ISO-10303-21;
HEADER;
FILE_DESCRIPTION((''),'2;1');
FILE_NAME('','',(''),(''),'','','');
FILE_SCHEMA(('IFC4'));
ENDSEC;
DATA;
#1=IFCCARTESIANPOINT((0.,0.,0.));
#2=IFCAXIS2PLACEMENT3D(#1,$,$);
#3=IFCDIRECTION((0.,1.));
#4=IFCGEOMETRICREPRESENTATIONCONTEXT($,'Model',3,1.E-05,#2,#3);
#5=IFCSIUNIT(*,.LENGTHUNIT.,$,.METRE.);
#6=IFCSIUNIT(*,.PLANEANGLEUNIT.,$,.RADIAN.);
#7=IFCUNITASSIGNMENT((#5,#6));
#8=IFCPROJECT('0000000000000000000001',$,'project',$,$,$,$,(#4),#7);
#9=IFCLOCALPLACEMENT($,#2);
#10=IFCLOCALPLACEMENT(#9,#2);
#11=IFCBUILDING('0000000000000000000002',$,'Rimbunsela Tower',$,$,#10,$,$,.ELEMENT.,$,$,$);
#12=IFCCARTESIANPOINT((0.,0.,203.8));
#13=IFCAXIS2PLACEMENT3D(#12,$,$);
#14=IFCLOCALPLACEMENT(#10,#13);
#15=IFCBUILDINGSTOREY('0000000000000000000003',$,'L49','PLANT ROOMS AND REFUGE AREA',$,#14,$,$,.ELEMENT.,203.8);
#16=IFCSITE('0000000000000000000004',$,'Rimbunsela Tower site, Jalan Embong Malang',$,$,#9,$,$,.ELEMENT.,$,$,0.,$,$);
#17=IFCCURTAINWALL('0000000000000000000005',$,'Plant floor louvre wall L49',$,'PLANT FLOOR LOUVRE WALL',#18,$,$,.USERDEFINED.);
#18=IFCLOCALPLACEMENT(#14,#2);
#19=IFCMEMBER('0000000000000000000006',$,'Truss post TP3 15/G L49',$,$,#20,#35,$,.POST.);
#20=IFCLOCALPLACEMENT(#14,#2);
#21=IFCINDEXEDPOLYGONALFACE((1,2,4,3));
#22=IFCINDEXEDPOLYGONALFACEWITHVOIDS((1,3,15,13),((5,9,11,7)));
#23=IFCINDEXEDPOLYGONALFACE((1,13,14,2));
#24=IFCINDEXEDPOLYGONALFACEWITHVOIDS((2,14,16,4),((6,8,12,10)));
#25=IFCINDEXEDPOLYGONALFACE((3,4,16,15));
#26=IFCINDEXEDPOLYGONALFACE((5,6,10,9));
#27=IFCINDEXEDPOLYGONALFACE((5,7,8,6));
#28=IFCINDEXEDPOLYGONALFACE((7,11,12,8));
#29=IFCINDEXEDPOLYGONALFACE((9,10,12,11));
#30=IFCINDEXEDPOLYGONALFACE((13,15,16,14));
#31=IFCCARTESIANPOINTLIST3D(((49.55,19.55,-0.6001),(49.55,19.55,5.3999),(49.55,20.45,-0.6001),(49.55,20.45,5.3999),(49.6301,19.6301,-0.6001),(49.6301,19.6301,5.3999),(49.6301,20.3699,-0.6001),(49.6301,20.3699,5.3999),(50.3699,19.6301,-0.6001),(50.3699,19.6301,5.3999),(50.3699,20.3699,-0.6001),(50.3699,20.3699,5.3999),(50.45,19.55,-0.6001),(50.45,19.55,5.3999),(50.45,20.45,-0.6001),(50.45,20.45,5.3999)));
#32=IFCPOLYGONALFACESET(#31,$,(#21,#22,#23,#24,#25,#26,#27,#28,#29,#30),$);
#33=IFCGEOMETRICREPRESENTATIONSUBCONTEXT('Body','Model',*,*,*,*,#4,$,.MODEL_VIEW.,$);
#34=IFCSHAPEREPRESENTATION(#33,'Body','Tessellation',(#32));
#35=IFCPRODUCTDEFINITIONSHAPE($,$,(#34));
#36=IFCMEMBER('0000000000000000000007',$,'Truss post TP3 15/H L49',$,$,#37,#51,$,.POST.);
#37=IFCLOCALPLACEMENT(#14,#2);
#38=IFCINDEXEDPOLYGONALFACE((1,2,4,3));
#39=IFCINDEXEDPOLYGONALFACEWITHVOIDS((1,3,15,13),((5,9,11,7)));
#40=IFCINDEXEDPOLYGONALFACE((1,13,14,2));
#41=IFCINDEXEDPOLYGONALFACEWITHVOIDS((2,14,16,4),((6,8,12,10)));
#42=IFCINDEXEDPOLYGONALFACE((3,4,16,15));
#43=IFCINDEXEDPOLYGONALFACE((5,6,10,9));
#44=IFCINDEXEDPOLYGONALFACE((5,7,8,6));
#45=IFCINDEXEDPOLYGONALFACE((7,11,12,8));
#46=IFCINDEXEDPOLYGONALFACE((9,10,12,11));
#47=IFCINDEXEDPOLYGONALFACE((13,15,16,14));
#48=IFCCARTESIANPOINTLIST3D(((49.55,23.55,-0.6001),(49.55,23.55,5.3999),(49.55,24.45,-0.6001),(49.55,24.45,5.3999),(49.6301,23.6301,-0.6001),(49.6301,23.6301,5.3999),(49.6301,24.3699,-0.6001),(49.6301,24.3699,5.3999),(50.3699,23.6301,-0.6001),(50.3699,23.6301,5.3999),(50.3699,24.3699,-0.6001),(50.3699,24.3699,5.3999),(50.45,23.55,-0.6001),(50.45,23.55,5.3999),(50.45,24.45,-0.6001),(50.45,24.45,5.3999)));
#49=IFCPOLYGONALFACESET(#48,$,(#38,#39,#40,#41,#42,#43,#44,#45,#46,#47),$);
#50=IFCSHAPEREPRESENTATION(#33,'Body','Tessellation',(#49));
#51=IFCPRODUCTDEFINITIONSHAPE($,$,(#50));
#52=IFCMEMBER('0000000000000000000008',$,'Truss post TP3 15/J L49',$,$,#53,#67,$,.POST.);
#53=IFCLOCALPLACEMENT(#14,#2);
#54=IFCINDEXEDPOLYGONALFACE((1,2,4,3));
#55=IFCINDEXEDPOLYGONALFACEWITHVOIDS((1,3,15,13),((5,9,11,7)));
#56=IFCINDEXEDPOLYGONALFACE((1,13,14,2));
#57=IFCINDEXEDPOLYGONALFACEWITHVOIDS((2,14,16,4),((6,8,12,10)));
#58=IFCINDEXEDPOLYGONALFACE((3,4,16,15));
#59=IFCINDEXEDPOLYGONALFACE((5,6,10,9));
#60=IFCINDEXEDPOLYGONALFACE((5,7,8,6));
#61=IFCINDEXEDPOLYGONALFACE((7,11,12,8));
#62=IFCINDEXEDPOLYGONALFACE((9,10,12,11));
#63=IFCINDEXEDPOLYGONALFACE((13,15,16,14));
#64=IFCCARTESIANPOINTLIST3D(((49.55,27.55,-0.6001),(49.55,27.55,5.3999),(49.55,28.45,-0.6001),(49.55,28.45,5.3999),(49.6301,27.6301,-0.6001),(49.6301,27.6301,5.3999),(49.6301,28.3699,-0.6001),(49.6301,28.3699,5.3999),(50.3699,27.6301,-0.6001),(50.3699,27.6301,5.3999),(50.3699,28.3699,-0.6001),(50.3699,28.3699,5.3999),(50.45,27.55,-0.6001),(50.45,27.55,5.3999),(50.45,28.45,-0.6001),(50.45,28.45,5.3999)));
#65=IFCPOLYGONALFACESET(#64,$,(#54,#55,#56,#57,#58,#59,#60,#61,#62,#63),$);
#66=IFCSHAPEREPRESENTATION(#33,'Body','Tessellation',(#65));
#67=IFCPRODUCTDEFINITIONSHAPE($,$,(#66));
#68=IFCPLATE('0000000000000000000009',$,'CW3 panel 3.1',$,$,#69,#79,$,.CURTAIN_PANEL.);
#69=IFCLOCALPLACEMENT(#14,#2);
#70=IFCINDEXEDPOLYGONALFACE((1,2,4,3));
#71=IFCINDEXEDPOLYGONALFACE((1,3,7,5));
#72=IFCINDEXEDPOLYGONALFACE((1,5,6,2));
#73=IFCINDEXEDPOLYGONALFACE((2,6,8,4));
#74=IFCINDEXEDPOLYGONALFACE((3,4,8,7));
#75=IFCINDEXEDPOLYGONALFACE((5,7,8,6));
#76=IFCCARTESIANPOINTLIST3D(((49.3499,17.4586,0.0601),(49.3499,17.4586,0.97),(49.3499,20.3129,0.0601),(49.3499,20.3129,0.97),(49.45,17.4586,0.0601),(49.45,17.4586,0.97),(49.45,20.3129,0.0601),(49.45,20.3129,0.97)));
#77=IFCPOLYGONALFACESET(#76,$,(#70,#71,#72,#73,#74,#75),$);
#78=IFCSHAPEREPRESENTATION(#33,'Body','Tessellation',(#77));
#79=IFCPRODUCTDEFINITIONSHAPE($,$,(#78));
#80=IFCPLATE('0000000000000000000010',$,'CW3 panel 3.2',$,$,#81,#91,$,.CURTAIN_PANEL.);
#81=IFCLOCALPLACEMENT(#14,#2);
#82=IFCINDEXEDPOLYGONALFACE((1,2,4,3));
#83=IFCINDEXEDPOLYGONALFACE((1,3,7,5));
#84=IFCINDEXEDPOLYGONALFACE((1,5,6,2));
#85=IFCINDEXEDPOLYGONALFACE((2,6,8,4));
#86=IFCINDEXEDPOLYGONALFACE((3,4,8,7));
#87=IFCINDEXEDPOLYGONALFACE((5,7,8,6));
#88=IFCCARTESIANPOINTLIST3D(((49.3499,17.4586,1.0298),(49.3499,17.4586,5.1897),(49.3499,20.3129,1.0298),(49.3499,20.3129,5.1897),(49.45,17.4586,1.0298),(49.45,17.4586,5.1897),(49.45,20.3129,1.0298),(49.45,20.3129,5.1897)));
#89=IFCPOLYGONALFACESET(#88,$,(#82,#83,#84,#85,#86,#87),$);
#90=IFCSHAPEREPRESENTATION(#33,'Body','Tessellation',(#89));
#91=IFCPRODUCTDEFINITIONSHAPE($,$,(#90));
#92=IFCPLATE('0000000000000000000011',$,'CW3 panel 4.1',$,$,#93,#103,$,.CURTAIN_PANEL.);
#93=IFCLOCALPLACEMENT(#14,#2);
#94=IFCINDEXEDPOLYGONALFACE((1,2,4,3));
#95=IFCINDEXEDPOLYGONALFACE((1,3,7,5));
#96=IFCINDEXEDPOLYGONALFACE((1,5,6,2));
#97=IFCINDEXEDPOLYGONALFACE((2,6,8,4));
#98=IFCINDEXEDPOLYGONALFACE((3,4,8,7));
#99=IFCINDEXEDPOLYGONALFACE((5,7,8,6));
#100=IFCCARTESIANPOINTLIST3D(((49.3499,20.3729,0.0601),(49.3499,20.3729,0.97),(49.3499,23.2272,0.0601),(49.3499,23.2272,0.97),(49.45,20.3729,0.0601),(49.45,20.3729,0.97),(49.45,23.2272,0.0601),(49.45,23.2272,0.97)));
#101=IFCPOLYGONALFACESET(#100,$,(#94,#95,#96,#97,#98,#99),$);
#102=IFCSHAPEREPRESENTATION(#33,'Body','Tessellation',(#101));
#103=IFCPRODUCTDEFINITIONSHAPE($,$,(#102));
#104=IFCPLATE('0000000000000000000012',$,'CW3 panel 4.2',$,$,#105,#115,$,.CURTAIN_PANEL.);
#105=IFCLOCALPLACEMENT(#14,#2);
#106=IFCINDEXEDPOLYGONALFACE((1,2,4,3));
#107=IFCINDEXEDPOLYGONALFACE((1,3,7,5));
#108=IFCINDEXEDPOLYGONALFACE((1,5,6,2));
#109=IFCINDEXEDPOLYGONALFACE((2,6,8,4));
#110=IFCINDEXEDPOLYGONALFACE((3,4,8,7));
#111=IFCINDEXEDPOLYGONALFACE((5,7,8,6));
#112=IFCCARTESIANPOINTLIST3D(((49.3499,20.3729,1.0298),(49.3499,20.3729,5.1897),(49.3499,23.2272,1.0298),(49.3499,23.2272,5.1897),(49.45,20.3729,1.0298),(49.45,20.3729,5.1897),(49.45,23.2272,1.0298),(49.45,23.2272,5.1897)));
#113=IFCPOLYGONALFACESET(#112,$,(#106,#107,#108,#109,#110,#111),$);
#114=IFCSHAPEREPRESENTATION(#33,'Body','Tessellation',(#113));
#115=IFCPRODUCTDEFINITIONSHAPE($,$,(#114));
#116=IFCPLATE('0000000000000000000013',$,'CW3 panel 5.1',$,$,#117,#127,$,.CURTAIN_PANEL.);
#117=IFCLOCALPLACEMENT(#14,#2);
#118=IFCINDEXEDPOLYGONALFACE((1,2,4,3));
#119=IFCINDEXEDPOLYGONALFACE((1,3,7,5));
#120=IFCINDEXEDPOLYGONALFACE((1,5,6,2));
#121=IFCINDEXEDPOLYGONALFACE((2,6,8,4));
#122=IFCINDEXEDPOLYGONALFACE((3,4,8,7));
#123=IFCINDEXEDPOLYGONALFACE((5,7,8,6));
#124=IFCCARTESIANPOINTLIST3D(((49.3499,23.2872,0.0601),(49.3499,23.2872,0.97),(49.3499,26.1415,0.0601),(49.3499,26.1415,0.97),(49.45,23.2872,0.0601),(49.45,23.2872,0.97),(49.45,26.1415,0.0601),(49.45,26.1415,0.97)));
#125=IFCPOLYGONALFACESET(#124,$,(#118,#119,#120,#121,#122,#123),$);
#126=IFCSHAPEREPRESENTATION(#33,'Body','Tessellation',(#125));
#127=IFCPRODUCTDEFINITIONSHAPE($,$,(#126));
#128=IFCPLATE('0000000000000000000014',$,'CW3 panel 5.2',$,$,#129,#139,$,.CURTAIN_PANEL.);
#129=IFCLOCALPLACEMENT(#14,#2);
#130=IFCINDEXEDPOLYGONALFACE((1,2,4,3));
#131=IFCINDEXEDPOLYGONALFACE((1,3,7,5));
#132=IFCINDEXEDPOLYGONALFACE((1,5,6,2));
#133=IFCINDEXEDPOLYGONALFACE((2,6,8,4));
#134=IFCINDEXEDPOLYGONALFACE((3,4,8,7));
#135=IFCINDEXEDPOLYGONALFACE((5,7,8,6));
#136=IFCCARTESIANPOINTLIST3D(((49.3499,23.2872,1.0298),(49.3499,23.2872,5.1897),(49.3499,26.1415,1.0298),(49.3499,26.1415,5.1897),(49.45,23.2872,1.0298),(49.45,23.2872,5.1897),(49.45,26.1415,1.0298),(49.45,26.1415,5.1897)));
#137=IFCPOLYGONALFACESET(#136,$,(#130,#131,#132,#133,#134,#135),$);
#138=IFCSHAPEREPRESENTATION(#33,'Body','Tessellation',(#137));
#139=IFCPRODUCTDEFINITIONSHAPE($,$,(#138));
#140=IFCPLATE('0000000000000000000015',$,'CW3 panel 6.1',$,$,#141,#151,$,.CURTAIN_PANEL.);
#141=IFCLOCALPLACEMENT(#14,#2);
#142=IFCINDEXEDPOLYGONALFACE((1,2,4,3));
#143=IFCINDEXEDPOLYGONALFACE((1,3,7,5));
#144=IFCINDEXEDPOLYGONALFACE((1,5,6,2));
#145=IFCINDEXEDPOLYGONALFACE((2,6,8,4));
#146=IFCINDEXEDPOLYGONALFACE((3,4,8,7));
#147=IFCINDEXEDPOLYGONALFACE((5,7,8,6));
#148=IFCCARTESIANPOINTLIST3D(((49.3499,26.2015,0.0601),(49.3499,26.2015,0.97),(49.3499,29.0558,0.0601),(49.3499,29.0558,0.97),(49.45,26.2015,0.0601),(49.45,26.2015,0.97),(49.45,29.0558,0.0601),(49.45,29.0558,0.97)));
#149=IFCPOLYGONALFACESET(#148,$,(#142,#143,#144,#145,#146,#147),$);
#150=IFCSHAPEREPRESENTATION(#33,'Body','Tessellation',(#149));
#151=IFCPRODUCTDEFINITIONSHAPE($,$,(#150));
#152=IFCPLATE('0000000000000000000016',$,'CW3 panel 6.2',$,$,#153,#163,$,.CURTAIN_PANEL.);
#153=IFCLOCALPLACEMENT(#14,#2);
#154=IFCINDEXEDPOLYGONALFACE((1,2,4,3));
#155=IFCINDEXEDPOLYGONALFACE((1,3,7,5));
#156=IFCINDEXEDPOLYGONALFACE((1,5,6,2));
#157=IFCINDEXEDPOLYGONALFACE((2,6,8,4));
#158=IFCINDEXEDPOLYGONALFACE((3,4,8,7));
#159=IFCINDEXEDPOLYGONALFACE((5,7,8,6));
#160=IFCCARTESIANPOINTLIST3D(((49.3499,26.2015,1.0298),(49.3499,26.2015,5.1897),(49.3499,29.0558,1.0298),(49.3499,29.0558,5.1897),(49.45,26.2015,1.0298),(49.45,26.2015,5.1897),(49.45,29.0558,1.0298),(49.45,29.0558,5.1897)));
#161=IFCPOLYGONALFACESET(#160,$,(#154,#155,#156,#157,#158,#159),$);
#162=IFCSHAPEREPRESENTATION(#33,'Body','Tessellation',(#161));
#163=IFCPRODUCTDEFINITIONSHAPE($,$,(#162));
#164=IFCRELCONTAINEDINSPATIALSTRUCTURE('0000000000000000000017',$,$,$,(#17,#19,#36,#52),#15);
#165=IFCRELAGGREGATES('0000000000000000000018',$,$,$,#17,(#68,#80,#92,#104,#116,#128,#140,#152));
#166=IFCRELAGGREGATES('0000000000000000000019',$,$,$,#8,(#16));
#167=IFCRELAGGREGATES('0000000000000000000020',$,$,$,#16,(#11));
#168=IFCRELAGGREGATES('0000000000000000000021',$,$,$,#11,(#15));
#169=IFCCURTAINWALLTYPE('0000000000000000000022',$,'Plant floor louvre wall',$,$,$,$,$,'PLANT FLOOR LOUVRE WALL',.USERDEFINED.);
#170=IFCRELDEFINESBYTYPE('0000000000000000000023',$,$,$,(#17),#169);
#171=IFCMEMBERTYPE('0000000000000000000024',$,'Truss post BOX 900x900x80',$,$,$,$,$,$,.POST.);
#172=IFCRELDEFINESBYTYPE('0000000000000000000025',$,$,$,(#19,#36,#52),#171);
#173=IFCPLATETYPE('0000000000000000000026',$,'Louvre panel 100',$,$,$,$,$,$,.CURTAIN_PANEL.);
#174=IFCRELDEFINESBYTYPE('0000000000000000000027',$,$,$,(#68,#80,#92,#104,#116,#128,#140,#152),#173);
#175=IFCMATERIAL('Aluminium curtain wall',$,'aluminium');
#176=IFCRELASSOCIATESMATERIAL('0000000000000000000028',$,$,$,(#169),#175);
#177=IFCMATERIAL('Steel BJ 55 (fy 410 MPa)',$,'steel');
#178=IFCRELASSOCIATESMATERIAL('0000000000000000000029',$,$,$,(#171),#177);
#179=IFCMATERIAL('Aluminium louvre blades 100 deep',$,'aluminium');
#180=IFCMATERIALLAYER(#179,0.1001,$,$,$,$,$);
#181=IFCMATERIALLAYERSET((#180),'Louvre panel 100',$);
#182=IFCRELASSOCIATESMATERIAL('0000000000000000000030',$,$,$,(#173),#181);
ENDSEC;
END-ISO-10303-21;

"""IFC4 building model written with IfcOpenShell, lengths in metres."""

from ifc_helpers import new_model, si_unit, direction, frame, origin, origin_2d, place, context, subcontext, project, spatial, rectangle, hollow_rectangle, extrude, material, layer, layer_set, material_profile, profile_set, type_object, element, aggregate, save


model = new_model("IFC4")

# Units and contexts
model_context = context("Model", 3, precision=1e-05, world=origin(), true_north=direction((0.0, 1.0)))
body_context = subcontext(model_context, "Body", "Model", "MODEL_VIEW")
ifc_project = project(units=[si_unit("LENGTHUNIT", "METRE"), si_unit("PLANEANGLEUNIT", "RADIAN")], contexts=[model_context])

# Site, building, storey
site_placement = place(None, origin())
site = spatial("IfcSite", under=ifc_project, at=site_placement, Name="Rimbunsela Tower site, Jalan Embong Malang", CompositionType="ELEMENT", RefElevation=0.0)
building_placement = place(site_placement, origin())
building = spatial("IfcBuilding", under=site, at=building_placement, Name="Rimbunsela Tower", CompositionType="ELEMENT")
storey_placement = place(building_placement, frame((0.0, 0.0, 203.8)))
storey = spatial("IfcBuildingStorey", under=building, at=storey_placement, Name="L49", Description="PLANT ROOMS AND REFUGE AREA", CompositionType="ELEMENT", Elevation=203.8)

# Curtain wall
ifc_material_1 = material(Name="Aluminium curtain wall", Category="aluminium")
curtain_wall_type = type_object("IfcCurtainWallType", Name="Plant floor louvre wall", ElementType="PLANT FLOOR LOUVRE WALL", PredefinedType="USERDEFINED", material=ifc_material_1)
curtain_wall_placement = place(storey_placement, origin())
curtain_wall = element("IfcCurtainWall", 1, at=curtain_wall_placement, inside=storey, type_object=curtain_wall_type, Name="Plant floor louvre wall L49", ObjectType="PLANT FLOOR LOUVRE WALL", PredefinedType="USERDEFINED")

# Members
ifc_material_2 = material(Name="Steel BJ 55 (fy 410 MPa)", Category="steel")
ifc_material_profile_1 = material_profile(ifc_material_2, hollow_rectangle(XDim=0.8999, YDim=0.8999, WallThickness=0.0801, at=origin_2d()), Name="BOX 900x900x80")
ifc_profile_set_1 = profile_set([ifc_material_profile_1], Name="Steel BJ 55 (fy 410 MPa)")
member_type_1 = type_object("IfcMemberType", Name="Truss post BOX 900x900x80", PredefinedType="POST", material=ifc_profile_set_1)
for number, where, z_axis, x_axis, name in (
    (2, (50.0, 20.0, -0.6001), (0.0, 0.0, 1.0), (1.0, 0.0, 0.0), "Truss post TP3 15/G L49"),
    (3, (50.0, 24.0, -0.6001), (0.0, 0.0, 1.0), (1.0, 0.0, 0.0), "Truss post TP3 15/H L49"),
    (4, (50.0, 28.0, -0.6001), (0.0, 0.0, 1.0), (1.0, 0.0, 0.0), "Truss post TP3 15/J L49"),
):
    element("IfcMember", number, at=place(storey_placement, frame(where, z_axis=z_axis, x_axis=x_axis)), inside=storey, type_object=member_type_1, Name=name, PredefinedType="POST", context=body_context, shape_type="SweptSolid", body=[
        extrude(hollow_rectangle(XDim=0.8999, YDim=0.8999, WallThickness=0.0801, at=origin_2d()), origin(), (0.0, 0.0, 1.0), 6.0),
    ])

# Plates
ifc_material_3 = material(Name="Aluminium louvre blades 100 deep", Category="aluminium")
ifc_layer = layer(ifc_material_3, 0.1001)
ifc_layer_set = layer_set([ifc_layer], Name="Louvre panel 100")
plate_type = type_object("IfcPlateType", Name="Louvre panel 100", PredefinedType="CURTAIN_PANEL", material=ifc_layer_set)
plate_1_placement = place(storey_placement, frame((49.3999, 18.8857, 0.0601), z_axis=(0.0, 0.0, 1.0), x_axis=(0.0, 1.0, 0.0)))
plate_1 = element("IfcPlate", 5, at=plate_1_placement, type_object=plate_type, Name="CW3 panel 3.1", PredefinedType="CURTAIN_PANEL", context=body_context, shape_type="SweptSolid", body=[
    extrude(rectangle(XDim=2.8542, YDim=0.1001, at=origin_2d()), origin(), (0.0, 0.0, 1.0), 0.9099),
])
plate_2_placement = place(storey_placement, frame((49.3999, 18.8857, 1.0298), z_axis=(0.0, 0.0, 1.0), x_axis=(0.0, 1.0, 0.0)))
plate_2 = element("IfcPlate", 6, at=plate_2_placement, type_object=plate_type, Name="CW3 panel 3.2", PredefinedType="CURTAIN_PANEL", context=body_context, shape_type="SweptSolid", body=[
    extrude(rectangle(XDim=2.8542, YDim=0.1001, at=origin_2d()), origin(), (0.0, 0.0, 1.0), 4.1599),
])
plate_3_placement = place(storey_placement, frame((49.3999, 21.8, 0.0601), z_axis=(0.0, 0.0, 1.0), x_axis=(0.0, 1.0, 0.0)))
plate_3 = element("IfcPlate", 7, at=plate_3_placement, type_object=plate_type, Name="CW3 panel 4.1", PredefinedType="CURTAIN_PANEL", context=body_context, shape_type="SweptSolid", body=[
    extrude(rectangle(XDim=2.8542, YDim=0.1001, at=origin_2d()), origin(), (0.0, 0.0, 1.0), 0.9099),
])
plate_4_placement = place(storey_placement, frame((49.3999, 21.8, 1.0298), z_axis=(0.0, 0.0, 1.0), x_axis=(0.0, 1.0, 0.0)))
plate_4 = element("IfcPlate", 8, at=plate_4_placement, type_object=plate_type, Name="CW3 panel 4.2", PredefinedType="CURTAIN_PANEL", context=body_context, shape_type="SweptSolid", body=[
    extrude(rectangle(XDim=2.8542, YDim=0.1001, at=origin_2d()), origin(), (0.0, 0.0, 1.0), 4.1599),
])
plate_5_placement = place(storey_placement, frame((49.3999, 24.7144, 0.0601), z_axis=(0.0, 0.0, 1.0), x_axis=(0.0, 1.0, 0.0)))
plate_5 = element("IfcPlate", 9, at=plate_5_placement, type_object=plate_type, Name="CW3 panel 5.1", PredefinedType="CURTAIN_PANEL", context=body_context, shape_type="SweptSolid", body=[
    extrude(rectangle(XDim=2.8542, YDim=0.1001, at=origin_2d()), origin(), (0.0, 0.0, 1.0), 0.9099),
])
plate_6_placement = place(storey_placement, frame((49.3999, 24.7144, 1.0298), z_axis=(0.0, 0.0, 1.0), x_axis=(0.0, 1.0, 0.0)))
plate_6 = element("IfcPlate", 10, at=plate_6_placement, type_object=plate_type, Name="CW3 panel 5.2", PredefinedType="CURTAIN_PANEL", context=body_context, shape_type="SweptSolid", body=[
    extrude(rectangle(XDim=2.8542, YDim=0.1001, at=origin_2d()), origin(), (0.0, 0.0, 1.0), 4.1599),
])
plate_7_placement = place(storey_placement, frame((49.3999, 27.6287, 0.0601), z_axis=(0.0, 0.0, 1.0), x_axis=(0.0, 1.0, 0.0)))
plate_7 = element("IfcPlate", 11, at=plate_7_placement, type_object=plate_type, Name="CW3 panel 6.1", PredefinedType="CURTAIN_PANEL", context=body_context, shape_type="SweptSolid", body=[
    extrude(rectangle(XDim=2.8542, YDim=0.1001, at=origin_2d()), origin(), (0.0, 0.0, 1.0), 0.9099),
])
plate_8_placement = place(storey_placement, frame((49.3999, 27.6287, 1.0298), z_axis=(0.0, 0.0, 1.0), x_axis=(0.0, 1.0, 0.0)))
plate_8 = element("IfcPlate", 12, at=plate_8_placement, type_object=plate_type, Name="CW3 panel 6.2", PredefinedType="CURTAIN_PANEL", context=body_context, shape_type="SweptSolid", body=[
    extrude(rectangle(XDim=2.8542, YDim=0.1001, at=origin_2d()), origin(), (0.0, 0.0, 1.0), 4.1599),
])
aggregate(curtain_wall, [plate_1, plate_2, plate_3, plate_4, plate_5, plate_6, plate_7, plate_8])

save(model, "model.ifc")
